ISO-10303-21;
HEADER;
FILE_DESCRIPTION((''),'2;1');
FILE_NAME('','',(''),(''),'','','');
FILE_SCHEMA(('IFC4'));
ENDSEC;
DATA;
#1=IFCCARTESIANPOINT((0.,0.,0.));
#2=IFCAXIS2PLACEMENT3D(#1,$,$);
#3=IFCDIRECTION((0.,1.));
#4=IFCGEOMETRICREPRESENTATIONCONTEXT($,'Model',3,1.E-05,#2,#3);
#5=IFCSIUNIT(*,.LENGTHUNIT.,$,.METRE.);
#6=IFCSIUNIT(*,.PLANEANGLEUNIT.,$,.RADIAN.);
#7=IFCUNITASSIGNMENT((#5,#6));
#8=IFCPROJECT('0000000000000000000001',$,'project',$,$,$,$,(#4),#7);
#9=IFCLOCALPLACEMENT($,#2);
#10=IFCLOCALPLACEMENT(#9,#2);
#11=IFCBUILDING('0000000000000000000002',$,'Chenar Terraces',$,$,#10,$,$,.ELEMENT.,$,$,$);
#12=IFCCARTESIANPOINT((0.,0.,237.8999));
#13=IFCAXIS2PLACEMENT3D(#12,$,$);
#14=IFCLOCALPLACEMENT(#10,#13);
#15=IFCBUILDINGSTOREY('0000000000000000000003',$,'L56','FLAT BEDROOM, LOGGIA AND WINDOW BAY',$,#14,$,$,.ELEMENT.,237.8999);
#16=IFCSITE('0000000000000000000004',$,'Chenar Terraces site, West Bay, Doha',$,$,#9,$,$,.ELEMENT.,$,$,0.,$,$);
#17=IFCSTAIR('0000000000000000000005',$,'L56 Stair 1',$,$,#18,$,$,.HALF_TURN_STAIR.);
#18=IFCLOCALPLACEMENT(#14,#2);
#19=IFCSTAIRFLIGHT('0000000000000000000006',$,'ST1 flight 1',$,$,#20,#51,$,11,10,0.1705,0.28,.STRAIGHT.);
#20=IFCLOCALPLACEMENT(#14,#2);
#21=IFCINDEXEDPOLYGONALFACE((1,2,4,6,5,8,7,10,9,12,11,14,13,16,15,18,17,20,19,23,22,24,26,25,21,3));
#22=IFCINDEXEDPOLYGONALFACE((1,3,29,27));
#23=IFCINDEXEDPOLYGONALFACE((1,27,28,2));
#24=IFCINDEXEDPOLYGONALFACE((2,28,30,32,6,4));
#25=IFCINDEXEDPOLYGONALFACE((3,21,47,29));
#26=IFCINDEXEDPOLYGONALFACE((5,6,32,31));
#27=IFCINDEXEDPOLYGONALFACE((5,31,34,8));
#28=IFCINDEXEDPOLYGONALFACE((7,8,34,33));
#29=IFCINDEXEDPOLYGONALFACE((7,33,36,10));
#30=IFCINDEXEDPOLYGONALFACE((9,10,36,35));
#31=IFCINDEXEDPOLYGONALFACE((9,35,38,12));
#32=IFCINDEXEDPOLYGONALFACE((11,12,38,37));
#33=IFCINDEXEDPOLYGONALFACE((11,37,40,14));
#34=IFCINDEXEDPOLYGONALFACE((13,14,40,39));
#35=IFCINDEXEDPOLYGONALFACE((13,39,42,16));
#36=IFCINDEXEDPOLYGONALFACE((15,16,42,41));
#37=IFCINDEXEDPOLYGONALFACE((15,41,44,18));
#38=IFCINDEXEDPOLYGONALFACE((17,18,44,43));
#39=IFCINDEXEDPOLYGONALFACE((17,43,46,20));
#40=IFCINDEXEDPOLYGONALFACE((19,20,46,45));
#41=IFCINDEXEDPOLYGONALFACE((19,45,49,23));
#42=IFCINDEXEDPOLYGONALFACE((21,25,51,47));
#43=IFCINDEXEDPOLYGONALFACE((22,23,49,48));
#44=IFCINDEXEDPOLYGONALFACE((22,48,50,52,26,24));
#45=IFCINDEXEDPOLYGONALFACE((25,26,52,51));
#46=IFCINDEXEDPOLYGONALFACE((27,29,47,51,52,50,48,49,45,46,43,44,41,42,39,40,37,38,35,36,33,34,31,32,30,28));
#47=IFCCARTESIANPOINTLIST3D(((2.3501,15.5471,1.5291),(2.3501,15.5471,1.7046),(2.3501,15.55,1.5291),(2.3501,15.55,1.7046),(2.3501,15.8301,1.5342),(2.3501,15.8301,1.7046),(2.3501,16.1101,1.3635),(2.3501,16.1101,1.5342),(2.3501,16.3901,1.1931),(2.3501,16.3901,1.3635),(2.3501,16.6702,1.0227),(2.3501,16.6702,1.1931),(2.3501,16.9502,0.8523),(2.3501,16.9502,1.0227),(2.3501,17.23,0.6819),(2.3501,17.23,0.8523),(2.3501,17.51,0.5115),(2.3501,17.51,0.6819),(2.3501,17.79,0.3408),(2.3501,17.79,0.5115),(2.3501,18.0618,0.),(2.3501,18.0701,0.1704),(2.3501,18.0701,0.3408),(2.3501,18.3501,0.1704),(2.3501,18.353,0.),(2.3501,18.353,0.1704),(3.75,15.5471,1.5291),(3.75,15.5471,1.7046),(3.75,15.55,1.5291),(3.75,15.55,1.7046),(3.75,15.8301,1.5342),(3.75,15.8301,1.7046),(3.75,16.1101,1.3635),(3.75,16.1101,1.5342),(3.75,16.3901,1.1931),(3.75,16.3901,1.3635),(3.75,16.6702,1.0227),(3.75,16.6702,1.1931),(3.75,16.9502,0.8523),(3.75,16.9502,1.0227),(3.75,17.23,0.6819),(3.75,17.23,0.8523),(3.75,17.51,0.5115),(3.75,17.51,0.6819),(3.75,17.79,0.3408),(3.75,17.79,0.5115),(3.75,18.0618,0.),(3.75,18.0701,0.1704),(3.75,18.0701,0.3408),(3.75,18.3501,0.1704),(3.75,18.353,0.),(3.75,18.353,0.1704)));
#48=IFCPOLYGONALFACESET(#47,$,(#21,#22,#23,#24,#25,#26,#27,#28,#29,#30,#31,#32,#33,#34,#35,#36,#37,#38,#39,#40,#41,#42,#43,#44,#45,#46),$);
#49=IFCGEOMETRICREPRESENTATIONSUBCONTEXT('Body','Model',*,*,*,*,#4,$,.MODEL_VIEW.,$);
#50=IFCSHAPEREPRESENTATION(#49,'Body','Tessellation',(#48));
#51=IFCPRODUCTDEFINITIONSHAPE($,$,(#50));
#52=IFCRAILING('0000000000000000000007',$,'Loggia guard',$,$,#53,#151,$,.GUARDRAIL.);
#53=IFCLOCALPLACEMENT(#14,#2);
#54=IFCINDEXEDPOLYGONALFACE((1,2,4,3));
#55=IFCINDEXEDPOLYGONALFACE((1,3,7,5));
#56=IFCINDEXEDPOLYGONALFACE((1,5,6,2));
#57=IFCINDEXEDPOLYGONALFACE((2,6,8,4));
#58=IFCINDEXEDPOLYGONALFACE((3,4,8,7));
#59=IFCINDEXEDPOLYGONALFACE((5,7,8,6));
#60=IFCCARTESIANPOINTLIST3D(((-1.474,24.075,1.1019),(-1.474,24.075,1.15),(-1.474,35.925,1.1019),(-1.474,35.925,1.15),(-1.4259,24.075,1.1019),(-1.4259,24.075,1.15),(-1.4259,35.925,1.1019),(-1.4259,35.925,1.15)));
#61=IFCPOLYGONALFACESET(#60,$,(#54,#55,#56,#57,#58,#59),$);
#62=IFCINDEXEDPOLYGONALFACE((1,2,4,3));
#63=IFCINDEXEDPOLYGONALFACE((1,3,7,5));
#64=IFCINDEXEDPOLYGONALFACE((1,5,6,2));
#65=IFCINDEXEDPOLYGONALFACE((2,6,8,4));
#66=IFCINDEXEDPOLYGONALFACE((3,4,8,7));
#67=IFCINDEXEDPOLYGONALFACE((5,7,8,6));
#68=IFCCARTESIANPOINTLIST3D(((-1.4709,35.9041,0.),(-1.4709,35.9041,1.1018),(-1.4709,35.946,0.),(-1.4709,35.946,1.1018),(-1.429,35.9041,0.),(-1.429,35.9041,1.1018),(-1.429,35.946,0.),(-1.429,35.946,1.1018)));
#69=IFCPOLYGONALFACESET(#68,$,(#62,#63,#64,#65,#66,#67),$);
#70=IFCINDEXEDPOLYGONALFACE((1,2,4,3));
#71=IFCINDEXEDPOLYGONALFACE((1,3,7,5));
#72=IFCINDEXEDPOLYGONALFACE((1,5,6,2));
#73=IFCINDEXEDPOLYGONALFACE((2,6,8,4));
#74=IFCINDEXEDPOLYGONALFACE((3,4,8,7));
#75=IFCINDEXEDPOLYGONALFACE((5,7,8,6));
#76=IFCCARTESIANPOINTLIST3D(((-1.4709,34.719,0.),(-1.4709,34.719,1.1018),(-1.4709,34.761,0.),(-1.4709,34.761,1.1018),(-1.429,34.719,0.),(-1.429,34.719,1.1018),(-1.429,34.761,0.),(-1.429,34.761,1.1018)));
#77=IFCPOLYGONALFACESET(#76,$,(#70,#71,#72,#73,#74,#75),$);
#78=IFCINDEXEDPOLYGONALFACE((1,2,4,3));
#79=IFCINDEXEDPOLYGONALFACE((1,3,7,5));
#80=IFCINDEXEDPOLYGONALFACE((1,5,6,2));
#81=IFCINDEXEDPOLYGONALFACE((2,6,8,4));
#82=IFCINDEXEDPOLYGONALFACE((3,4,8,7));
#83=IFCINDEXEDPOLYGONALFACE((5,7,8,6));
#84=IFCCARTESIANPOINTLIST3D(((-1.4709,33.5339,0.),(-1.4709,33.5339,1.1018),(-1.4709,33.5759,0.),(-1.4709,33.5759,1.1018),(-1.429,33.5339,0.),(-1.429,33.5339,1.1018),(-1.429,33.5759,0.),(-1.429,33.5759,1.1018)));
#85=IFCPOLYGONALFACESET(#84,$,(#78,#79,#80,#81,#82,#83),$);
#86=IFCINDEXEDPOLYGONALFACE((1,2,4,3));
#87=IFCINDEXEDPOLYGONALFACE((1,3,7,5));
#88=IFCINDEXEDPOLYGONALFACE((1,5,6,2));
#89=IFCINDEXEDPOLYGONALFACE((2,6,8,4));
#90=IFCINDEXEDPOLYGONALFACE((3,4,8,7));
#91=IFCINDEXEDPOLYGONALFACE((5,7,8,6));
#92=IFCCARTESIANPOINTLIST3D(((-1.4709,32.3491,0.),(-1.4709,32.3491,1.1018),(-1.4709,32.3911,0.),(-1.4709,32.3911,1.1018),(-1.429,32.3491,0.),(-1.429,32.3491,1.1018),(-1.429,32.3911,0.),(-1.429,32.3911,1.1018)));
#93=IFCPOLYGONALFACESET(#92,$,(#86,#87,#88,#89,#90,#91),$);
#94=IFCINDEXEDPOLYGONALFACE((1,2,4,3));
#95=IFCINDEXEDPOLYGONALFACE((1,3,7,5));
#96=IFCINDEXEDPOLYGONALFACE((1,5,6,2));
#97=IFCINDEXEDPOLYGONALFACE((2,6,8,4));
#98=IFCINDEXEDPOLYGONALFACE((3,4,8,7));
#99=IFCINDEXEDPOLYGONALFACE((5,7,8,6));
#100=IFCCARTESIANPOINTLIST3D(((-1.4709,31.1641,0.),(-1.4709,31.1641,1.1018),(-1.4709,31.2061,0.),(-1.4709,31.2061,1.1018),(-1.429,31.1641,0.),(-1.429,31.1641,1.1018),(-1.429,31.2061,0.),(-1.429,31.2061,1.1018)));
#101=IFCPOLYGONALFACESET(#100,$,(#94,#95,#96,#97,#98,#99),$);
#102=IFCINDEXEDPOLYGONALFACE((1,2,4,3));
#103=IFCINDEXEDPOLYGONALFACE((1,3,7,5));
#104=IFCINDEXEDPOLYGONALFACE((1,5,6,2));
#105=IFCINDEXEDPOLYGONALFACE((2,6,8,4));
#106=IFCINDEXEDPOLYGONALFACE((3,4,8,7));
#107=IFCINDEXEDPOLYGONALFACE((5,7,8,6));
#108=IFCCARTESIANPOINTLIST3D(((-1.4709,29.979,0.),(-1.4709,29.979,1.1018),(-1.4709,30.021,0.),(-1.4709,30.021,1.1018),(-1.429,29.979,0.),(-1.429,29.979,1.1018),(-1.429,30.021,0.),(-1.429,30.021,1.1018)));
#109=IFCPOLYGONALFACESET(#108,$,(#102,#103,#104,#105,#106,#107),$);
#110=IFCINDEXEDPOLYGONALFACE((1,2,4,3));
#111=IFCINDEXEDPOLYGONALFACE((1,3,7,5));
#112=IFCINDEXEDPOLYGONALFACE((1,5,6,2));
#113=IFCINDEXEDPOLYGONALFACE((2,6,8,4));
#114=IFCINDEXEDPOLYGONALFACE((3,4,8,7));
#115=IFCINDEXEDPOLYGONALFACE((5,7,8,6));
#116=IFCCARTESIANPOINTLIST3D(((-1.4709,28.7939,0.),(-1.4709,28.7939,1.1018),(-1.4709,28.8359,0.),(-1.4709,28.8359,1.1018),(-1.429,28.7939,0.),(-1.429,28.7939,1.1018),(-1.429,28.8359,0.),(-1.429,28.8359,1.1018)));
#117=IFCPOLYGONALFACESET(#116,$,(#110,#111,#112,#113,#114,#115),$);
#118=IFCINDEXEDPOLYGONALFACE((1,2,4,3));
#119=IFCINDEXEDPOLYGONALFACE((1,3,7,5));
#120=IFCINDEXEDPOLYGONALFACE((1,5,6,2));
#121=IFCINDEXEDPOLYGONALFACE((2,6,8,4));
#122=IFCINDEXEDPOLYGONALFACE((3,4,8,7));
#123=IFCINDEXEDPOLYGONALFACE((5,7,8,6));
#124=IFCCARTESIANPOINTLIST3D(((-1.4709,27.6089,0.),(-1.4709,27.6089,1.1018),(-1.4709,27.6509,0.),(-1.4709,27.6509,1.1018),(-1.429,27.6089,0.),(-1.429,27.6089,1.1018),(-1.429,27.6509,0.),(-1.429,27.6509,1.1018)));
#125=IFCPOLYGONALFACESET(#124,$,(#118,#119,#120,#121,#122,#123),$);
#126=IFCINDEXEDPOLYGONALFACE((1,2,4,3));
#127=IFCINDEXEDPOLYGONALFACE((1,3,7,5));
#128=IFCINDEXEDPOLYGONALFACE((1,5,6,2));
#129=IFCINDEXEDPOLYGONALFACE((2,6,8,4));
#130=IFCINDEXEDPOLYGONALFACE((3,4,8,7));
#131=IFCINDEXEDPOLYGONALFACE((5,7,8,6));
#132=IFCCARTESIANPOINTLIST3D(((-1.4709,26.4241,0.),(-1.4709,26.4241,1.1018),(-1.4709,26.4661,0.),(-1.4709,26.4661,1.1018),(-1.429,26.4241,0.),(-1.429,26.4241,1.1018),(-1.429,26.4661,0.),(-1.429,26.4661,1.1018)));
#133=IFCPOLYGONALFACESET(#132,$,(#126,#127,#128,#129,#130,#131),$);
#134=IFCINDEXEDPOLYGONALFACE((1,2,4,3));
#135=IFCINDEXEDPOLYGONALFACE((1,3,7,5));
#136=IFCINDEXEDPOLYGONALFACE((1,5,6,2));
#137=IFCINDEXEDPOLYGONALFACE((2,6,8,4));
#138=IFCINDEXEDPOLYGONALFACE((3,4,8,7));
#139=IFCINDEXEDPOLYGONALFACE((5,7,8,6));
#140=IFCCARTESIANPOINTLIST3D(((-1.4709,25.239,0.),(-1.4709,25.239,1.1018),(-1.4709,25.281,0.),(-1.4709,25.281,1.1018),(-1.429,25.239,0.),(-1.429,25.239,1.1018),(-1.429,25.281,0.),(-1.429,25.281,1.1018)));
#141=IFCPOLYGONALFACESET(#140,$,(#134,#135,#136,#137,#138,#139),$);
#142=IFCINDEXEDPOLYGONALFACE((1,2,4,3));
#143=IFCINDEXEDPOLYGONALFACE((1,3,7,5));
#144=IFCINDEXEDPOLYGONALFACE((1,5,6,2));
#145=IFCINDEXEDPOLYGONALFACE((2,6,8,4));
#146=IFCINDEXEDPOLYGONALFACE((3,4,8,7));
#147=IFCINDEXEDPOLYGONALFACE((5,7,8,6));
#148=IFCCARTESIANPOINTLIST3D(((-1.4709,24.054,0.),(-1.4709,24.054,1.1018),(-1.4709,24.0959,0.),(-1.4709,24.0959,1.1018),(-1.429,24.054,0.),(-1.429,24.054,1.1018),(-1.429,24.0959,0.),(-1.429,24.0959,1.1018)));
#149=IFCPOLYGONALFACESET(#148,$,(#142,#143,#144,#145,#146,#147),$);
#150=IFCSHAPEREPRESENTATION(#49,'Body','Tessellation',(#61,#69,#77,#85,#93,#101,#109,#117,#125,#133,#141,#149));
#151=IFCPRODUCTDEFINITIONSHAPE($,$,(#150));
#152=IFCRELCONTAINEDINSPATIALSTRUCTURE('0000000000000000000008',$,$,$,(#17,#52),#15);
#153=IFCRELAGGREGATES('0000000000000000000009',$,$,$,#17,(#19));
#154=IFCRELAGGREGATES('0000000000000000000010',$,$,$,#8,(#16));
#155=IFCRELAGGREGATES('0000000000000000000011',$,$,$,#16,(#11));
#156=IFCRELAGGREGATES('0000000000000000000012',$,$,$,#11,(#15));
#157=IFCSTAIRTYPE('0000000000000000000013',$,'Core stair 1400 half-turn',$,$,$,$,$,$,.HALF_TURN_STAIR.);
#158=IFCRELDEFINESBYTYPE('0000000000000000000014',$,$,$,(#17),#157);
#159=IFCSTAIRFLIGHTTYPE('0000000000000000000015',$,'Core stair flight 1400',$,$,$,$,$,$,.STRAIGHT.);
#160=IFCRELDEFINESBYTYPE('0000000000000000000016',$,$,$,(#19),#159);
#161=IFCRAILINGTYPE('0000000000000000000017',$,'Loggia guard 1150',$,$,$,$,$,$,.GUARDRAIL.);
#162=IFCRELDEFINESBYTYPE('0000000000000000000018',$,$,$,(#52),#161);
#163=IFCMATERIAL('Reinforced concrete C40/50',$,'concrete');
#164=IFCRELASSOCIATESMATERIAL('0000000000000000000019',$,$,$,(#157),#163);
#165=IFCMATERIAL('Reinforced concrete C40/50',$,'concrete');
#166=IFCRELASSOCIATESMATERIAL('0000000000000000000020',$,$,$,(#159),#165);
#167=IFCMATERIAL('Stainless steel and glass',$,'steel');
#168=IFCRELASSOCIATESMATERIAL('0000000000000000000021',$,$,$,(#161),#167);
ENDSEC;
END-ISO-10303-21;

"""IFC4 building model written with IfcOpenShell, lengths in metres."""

from ifc_helpers import new_model, si_unit, direction, frame, origin, origin_2d, place, context, subcontext, project, spatial, polyline, rectangle, outline, extrude, material, type_object, element, aggregate, save


model = new_model("IFC4")

# Units and contexts
model_context = context("Model", 3, precision=1e-05, world=origin(), true_north=direction((0.0, 1.0)))
body_context = subcontext(model_context, "Body", "Model", "MODEL_VIEW")
ifc_project = project(units=[si_unit("LENGTHUNIT", "METRE"), si_unit("PLANEANGLEUNIT", "RADIAN")], contexts=[model_context])

# Site, building, storey
site_placement = place(None, origin())
site = spatial("IfcSite", under=ifc_project, at=site_placement, Name="Chenar Terraces site, West Bay, Doha", CompositionType="ELEMENT", RefElevation=0.0)
building_placement = place(site_placement, origin())
building = spatial("IfcBuilding", under=site, at=building_placement, Name="Chenar Terraces", CompositionType="ELEMENT")
storey_placement = place(building_placement, frame((0.0, 0.0, 237.8999)))
storey = spatial("IfcBuildingStorey", under=building, at=storey_placement, Name="L56", Description="FLAT BEDROOM, LOGGIA AND WINDOW BAY", CompositionType="ELEMENT", Elevation=237.8999)

# Stair, stair flight
ifc_material_1 = material(Name="Reinforced concrete C40/50", Category="concrete")
stair_type = type_object("IfcStairType", Name="Core stair 1400 half-turn", PredefinedType="HALF_TURN_STAIR", material=ifc_material_1)
stair_placement = place(storey_placement, origin())
stair = element("IfcStair", 1, at=stair_placement, inside=storey, type_object=stair_type, Name="L56 Stair 1", PredefinedType="HALF_TURN_STAIR")
ifc_material_2 = material(Name="Reinforced concrete C40/50", Category="concrete")
stair_flight_type = type_object("IfcStairFlightType", Name="Core stair flight 1400", PredefinedType="STRAIGHT", material=ifc_material_2)
stair_flight_placement = place(storey_placement, frame((3.05, 18.3501, 0.0), z_axis=(0.0, 0.0, 1.0), x_axis=(0.0, -1.0, 0.0)))
stair_flight = element("IfcStairFlight", 2, at=stair_flight_placement, type_object=stair_flight_type, Name="ST1 flight 1", NumberOfRisers=11, NumberOfTreads=10, PredefinedType="STRAIGHT", RiserHeight=0.1705, TreadLength=0.28, context=body_context, shape_type="SweptSolid", body=[
    extrude(outline(polyline([(-0.0029, 0.0), (-0.0029, 0.1704), (0.0, 0.1704), (0.28, 0.1704), (0.28, 0.3408), (0.5601, 0.3408), (0.5601, 0.5115), (0.8401, 0.5115), (0.8401, 0.6819), (1.1201, 0.6819), (1.1201, 0.8523), (1.3999, 0.8523), (1.3999, 1.0227), (1.6799, 1.0227), (1.6799, 1.1931), (1.96, 1.1931), (1.96, 1.3635), (2.24, 1.3635), (2.24, 1.5342), (2.52, 1.5342), (2.52, 1.7046), (2.8, 1.7046), (2.803, 1.7046), (2.803, 1.5291), (2.8, 1.5291), (0.2883, 0.0), (-0.0029, 0.0)])), frame((0.0, 0.7, 0.0), z_axis=(0.0, -1.0, 0.0), x_axis=(1.0, 0.0, 0.0)), (0.0, 0.0, 1.0), 1.3999),
])
aggregate(stair, [stair_flight])

# Railing
ifc_material_3 = material(Name="Stainless steel and glass", Category="steel")
railing_type_1 = type_object("IfcRailingType", Name="Loggia guard 1150", PredefinedType="GUARDRAIL", material=ifc_material_3)
railing_1_placement = place(storey_placement, frame((-1.45, 35.925, 0.0)))
element("IfcRailing", 3, at=railing_1_placement, inside=storey, type_object=railing_type_1, Name="Loggia guard", PredefinedType="GUARDRAIL", context=body_context, shape_type="SweptSolid", body=[
    extrude(rectangle(XDim=0.0481, YDim=0.0481, at=origin_2d()), frame((0.0, 0.0, 1.126), z_axis=(0.0, -1.0, 0.0), x_axis=(1.0, 0.0, 0.0)), (0.0, 0.0, 1.0), 11.8501),
    extrude(rectangle(XDim=0.042, YDim=0.042, at=origin_2d()), origin(), (0.0, 0.0, 1.0), 1.1018),
    extrude(rectangle(XDim=0.042, YDim=0.042, at=origin_2d()), frame((0.0, -1.1851, 0.0)), (0.0, 0.0, 1.0), 1.1018),
    extrude(rectangle(XDim=0.042, YDim=0.042, at=origin_2d()), frame((0.0, -2.3701, 0.0)), (0.0, 0.0, 1.0), 1.1018),
    extrude(rectangle(XDim=0.042, YDim=0.042, at=origin_2d()), frame((0.0, -3.5549, 0.0)), (0.0, 0.0, 1.0), 1.1018),
    extrude(rectangle(XDim=0.042, YDim=0.042, at=origin_2d()), frame((0.0, -4.74, 0.0)), (0.0, 0.0, 1.0), 1.1018),
    extrude(rectangle(XDim=0.042, YDim=0.042, at=origin_2d()), frame((0.0, -5.925, 0.0)), (0.0, 0.0, 1.0), 1.1018),
    extrude(rectangle(XDim=0.042, YDim=0.042, at=origin_2d()), frame((0.0, -7.1101, 0.0)), (0.0, 0.0, 1.0), 1.1018),
    extrude(rectangle(XDim=0.042, YDim=0.042, at=origin_2d()), frame((0.0, -8.2952, 0.0)), (0.0, 0.0, 1.0), 1.1018),
    extrude(rectangle(XDim=0.042, YDim=0.042, at=origin_2d()), frame((0.0, -9.48, 0.0)), (0.0, 0.0, 1.0), 1.1018),
    extrude(rectangle(XDim=0.042, YDim=0.042, at=origin_2d()), frame((0.0, -10.665, 0.0)), (0.0, 0.0, 1.0), 1.1018),
    extrude(rectangle(XDim=0.042, YDim=0.042, at=origin_2d()), frame((0.0, -11.8501, 0.0)), (0.0, 0.0, 1.0), 1.1018),
])

save(model, "model.ifc")
